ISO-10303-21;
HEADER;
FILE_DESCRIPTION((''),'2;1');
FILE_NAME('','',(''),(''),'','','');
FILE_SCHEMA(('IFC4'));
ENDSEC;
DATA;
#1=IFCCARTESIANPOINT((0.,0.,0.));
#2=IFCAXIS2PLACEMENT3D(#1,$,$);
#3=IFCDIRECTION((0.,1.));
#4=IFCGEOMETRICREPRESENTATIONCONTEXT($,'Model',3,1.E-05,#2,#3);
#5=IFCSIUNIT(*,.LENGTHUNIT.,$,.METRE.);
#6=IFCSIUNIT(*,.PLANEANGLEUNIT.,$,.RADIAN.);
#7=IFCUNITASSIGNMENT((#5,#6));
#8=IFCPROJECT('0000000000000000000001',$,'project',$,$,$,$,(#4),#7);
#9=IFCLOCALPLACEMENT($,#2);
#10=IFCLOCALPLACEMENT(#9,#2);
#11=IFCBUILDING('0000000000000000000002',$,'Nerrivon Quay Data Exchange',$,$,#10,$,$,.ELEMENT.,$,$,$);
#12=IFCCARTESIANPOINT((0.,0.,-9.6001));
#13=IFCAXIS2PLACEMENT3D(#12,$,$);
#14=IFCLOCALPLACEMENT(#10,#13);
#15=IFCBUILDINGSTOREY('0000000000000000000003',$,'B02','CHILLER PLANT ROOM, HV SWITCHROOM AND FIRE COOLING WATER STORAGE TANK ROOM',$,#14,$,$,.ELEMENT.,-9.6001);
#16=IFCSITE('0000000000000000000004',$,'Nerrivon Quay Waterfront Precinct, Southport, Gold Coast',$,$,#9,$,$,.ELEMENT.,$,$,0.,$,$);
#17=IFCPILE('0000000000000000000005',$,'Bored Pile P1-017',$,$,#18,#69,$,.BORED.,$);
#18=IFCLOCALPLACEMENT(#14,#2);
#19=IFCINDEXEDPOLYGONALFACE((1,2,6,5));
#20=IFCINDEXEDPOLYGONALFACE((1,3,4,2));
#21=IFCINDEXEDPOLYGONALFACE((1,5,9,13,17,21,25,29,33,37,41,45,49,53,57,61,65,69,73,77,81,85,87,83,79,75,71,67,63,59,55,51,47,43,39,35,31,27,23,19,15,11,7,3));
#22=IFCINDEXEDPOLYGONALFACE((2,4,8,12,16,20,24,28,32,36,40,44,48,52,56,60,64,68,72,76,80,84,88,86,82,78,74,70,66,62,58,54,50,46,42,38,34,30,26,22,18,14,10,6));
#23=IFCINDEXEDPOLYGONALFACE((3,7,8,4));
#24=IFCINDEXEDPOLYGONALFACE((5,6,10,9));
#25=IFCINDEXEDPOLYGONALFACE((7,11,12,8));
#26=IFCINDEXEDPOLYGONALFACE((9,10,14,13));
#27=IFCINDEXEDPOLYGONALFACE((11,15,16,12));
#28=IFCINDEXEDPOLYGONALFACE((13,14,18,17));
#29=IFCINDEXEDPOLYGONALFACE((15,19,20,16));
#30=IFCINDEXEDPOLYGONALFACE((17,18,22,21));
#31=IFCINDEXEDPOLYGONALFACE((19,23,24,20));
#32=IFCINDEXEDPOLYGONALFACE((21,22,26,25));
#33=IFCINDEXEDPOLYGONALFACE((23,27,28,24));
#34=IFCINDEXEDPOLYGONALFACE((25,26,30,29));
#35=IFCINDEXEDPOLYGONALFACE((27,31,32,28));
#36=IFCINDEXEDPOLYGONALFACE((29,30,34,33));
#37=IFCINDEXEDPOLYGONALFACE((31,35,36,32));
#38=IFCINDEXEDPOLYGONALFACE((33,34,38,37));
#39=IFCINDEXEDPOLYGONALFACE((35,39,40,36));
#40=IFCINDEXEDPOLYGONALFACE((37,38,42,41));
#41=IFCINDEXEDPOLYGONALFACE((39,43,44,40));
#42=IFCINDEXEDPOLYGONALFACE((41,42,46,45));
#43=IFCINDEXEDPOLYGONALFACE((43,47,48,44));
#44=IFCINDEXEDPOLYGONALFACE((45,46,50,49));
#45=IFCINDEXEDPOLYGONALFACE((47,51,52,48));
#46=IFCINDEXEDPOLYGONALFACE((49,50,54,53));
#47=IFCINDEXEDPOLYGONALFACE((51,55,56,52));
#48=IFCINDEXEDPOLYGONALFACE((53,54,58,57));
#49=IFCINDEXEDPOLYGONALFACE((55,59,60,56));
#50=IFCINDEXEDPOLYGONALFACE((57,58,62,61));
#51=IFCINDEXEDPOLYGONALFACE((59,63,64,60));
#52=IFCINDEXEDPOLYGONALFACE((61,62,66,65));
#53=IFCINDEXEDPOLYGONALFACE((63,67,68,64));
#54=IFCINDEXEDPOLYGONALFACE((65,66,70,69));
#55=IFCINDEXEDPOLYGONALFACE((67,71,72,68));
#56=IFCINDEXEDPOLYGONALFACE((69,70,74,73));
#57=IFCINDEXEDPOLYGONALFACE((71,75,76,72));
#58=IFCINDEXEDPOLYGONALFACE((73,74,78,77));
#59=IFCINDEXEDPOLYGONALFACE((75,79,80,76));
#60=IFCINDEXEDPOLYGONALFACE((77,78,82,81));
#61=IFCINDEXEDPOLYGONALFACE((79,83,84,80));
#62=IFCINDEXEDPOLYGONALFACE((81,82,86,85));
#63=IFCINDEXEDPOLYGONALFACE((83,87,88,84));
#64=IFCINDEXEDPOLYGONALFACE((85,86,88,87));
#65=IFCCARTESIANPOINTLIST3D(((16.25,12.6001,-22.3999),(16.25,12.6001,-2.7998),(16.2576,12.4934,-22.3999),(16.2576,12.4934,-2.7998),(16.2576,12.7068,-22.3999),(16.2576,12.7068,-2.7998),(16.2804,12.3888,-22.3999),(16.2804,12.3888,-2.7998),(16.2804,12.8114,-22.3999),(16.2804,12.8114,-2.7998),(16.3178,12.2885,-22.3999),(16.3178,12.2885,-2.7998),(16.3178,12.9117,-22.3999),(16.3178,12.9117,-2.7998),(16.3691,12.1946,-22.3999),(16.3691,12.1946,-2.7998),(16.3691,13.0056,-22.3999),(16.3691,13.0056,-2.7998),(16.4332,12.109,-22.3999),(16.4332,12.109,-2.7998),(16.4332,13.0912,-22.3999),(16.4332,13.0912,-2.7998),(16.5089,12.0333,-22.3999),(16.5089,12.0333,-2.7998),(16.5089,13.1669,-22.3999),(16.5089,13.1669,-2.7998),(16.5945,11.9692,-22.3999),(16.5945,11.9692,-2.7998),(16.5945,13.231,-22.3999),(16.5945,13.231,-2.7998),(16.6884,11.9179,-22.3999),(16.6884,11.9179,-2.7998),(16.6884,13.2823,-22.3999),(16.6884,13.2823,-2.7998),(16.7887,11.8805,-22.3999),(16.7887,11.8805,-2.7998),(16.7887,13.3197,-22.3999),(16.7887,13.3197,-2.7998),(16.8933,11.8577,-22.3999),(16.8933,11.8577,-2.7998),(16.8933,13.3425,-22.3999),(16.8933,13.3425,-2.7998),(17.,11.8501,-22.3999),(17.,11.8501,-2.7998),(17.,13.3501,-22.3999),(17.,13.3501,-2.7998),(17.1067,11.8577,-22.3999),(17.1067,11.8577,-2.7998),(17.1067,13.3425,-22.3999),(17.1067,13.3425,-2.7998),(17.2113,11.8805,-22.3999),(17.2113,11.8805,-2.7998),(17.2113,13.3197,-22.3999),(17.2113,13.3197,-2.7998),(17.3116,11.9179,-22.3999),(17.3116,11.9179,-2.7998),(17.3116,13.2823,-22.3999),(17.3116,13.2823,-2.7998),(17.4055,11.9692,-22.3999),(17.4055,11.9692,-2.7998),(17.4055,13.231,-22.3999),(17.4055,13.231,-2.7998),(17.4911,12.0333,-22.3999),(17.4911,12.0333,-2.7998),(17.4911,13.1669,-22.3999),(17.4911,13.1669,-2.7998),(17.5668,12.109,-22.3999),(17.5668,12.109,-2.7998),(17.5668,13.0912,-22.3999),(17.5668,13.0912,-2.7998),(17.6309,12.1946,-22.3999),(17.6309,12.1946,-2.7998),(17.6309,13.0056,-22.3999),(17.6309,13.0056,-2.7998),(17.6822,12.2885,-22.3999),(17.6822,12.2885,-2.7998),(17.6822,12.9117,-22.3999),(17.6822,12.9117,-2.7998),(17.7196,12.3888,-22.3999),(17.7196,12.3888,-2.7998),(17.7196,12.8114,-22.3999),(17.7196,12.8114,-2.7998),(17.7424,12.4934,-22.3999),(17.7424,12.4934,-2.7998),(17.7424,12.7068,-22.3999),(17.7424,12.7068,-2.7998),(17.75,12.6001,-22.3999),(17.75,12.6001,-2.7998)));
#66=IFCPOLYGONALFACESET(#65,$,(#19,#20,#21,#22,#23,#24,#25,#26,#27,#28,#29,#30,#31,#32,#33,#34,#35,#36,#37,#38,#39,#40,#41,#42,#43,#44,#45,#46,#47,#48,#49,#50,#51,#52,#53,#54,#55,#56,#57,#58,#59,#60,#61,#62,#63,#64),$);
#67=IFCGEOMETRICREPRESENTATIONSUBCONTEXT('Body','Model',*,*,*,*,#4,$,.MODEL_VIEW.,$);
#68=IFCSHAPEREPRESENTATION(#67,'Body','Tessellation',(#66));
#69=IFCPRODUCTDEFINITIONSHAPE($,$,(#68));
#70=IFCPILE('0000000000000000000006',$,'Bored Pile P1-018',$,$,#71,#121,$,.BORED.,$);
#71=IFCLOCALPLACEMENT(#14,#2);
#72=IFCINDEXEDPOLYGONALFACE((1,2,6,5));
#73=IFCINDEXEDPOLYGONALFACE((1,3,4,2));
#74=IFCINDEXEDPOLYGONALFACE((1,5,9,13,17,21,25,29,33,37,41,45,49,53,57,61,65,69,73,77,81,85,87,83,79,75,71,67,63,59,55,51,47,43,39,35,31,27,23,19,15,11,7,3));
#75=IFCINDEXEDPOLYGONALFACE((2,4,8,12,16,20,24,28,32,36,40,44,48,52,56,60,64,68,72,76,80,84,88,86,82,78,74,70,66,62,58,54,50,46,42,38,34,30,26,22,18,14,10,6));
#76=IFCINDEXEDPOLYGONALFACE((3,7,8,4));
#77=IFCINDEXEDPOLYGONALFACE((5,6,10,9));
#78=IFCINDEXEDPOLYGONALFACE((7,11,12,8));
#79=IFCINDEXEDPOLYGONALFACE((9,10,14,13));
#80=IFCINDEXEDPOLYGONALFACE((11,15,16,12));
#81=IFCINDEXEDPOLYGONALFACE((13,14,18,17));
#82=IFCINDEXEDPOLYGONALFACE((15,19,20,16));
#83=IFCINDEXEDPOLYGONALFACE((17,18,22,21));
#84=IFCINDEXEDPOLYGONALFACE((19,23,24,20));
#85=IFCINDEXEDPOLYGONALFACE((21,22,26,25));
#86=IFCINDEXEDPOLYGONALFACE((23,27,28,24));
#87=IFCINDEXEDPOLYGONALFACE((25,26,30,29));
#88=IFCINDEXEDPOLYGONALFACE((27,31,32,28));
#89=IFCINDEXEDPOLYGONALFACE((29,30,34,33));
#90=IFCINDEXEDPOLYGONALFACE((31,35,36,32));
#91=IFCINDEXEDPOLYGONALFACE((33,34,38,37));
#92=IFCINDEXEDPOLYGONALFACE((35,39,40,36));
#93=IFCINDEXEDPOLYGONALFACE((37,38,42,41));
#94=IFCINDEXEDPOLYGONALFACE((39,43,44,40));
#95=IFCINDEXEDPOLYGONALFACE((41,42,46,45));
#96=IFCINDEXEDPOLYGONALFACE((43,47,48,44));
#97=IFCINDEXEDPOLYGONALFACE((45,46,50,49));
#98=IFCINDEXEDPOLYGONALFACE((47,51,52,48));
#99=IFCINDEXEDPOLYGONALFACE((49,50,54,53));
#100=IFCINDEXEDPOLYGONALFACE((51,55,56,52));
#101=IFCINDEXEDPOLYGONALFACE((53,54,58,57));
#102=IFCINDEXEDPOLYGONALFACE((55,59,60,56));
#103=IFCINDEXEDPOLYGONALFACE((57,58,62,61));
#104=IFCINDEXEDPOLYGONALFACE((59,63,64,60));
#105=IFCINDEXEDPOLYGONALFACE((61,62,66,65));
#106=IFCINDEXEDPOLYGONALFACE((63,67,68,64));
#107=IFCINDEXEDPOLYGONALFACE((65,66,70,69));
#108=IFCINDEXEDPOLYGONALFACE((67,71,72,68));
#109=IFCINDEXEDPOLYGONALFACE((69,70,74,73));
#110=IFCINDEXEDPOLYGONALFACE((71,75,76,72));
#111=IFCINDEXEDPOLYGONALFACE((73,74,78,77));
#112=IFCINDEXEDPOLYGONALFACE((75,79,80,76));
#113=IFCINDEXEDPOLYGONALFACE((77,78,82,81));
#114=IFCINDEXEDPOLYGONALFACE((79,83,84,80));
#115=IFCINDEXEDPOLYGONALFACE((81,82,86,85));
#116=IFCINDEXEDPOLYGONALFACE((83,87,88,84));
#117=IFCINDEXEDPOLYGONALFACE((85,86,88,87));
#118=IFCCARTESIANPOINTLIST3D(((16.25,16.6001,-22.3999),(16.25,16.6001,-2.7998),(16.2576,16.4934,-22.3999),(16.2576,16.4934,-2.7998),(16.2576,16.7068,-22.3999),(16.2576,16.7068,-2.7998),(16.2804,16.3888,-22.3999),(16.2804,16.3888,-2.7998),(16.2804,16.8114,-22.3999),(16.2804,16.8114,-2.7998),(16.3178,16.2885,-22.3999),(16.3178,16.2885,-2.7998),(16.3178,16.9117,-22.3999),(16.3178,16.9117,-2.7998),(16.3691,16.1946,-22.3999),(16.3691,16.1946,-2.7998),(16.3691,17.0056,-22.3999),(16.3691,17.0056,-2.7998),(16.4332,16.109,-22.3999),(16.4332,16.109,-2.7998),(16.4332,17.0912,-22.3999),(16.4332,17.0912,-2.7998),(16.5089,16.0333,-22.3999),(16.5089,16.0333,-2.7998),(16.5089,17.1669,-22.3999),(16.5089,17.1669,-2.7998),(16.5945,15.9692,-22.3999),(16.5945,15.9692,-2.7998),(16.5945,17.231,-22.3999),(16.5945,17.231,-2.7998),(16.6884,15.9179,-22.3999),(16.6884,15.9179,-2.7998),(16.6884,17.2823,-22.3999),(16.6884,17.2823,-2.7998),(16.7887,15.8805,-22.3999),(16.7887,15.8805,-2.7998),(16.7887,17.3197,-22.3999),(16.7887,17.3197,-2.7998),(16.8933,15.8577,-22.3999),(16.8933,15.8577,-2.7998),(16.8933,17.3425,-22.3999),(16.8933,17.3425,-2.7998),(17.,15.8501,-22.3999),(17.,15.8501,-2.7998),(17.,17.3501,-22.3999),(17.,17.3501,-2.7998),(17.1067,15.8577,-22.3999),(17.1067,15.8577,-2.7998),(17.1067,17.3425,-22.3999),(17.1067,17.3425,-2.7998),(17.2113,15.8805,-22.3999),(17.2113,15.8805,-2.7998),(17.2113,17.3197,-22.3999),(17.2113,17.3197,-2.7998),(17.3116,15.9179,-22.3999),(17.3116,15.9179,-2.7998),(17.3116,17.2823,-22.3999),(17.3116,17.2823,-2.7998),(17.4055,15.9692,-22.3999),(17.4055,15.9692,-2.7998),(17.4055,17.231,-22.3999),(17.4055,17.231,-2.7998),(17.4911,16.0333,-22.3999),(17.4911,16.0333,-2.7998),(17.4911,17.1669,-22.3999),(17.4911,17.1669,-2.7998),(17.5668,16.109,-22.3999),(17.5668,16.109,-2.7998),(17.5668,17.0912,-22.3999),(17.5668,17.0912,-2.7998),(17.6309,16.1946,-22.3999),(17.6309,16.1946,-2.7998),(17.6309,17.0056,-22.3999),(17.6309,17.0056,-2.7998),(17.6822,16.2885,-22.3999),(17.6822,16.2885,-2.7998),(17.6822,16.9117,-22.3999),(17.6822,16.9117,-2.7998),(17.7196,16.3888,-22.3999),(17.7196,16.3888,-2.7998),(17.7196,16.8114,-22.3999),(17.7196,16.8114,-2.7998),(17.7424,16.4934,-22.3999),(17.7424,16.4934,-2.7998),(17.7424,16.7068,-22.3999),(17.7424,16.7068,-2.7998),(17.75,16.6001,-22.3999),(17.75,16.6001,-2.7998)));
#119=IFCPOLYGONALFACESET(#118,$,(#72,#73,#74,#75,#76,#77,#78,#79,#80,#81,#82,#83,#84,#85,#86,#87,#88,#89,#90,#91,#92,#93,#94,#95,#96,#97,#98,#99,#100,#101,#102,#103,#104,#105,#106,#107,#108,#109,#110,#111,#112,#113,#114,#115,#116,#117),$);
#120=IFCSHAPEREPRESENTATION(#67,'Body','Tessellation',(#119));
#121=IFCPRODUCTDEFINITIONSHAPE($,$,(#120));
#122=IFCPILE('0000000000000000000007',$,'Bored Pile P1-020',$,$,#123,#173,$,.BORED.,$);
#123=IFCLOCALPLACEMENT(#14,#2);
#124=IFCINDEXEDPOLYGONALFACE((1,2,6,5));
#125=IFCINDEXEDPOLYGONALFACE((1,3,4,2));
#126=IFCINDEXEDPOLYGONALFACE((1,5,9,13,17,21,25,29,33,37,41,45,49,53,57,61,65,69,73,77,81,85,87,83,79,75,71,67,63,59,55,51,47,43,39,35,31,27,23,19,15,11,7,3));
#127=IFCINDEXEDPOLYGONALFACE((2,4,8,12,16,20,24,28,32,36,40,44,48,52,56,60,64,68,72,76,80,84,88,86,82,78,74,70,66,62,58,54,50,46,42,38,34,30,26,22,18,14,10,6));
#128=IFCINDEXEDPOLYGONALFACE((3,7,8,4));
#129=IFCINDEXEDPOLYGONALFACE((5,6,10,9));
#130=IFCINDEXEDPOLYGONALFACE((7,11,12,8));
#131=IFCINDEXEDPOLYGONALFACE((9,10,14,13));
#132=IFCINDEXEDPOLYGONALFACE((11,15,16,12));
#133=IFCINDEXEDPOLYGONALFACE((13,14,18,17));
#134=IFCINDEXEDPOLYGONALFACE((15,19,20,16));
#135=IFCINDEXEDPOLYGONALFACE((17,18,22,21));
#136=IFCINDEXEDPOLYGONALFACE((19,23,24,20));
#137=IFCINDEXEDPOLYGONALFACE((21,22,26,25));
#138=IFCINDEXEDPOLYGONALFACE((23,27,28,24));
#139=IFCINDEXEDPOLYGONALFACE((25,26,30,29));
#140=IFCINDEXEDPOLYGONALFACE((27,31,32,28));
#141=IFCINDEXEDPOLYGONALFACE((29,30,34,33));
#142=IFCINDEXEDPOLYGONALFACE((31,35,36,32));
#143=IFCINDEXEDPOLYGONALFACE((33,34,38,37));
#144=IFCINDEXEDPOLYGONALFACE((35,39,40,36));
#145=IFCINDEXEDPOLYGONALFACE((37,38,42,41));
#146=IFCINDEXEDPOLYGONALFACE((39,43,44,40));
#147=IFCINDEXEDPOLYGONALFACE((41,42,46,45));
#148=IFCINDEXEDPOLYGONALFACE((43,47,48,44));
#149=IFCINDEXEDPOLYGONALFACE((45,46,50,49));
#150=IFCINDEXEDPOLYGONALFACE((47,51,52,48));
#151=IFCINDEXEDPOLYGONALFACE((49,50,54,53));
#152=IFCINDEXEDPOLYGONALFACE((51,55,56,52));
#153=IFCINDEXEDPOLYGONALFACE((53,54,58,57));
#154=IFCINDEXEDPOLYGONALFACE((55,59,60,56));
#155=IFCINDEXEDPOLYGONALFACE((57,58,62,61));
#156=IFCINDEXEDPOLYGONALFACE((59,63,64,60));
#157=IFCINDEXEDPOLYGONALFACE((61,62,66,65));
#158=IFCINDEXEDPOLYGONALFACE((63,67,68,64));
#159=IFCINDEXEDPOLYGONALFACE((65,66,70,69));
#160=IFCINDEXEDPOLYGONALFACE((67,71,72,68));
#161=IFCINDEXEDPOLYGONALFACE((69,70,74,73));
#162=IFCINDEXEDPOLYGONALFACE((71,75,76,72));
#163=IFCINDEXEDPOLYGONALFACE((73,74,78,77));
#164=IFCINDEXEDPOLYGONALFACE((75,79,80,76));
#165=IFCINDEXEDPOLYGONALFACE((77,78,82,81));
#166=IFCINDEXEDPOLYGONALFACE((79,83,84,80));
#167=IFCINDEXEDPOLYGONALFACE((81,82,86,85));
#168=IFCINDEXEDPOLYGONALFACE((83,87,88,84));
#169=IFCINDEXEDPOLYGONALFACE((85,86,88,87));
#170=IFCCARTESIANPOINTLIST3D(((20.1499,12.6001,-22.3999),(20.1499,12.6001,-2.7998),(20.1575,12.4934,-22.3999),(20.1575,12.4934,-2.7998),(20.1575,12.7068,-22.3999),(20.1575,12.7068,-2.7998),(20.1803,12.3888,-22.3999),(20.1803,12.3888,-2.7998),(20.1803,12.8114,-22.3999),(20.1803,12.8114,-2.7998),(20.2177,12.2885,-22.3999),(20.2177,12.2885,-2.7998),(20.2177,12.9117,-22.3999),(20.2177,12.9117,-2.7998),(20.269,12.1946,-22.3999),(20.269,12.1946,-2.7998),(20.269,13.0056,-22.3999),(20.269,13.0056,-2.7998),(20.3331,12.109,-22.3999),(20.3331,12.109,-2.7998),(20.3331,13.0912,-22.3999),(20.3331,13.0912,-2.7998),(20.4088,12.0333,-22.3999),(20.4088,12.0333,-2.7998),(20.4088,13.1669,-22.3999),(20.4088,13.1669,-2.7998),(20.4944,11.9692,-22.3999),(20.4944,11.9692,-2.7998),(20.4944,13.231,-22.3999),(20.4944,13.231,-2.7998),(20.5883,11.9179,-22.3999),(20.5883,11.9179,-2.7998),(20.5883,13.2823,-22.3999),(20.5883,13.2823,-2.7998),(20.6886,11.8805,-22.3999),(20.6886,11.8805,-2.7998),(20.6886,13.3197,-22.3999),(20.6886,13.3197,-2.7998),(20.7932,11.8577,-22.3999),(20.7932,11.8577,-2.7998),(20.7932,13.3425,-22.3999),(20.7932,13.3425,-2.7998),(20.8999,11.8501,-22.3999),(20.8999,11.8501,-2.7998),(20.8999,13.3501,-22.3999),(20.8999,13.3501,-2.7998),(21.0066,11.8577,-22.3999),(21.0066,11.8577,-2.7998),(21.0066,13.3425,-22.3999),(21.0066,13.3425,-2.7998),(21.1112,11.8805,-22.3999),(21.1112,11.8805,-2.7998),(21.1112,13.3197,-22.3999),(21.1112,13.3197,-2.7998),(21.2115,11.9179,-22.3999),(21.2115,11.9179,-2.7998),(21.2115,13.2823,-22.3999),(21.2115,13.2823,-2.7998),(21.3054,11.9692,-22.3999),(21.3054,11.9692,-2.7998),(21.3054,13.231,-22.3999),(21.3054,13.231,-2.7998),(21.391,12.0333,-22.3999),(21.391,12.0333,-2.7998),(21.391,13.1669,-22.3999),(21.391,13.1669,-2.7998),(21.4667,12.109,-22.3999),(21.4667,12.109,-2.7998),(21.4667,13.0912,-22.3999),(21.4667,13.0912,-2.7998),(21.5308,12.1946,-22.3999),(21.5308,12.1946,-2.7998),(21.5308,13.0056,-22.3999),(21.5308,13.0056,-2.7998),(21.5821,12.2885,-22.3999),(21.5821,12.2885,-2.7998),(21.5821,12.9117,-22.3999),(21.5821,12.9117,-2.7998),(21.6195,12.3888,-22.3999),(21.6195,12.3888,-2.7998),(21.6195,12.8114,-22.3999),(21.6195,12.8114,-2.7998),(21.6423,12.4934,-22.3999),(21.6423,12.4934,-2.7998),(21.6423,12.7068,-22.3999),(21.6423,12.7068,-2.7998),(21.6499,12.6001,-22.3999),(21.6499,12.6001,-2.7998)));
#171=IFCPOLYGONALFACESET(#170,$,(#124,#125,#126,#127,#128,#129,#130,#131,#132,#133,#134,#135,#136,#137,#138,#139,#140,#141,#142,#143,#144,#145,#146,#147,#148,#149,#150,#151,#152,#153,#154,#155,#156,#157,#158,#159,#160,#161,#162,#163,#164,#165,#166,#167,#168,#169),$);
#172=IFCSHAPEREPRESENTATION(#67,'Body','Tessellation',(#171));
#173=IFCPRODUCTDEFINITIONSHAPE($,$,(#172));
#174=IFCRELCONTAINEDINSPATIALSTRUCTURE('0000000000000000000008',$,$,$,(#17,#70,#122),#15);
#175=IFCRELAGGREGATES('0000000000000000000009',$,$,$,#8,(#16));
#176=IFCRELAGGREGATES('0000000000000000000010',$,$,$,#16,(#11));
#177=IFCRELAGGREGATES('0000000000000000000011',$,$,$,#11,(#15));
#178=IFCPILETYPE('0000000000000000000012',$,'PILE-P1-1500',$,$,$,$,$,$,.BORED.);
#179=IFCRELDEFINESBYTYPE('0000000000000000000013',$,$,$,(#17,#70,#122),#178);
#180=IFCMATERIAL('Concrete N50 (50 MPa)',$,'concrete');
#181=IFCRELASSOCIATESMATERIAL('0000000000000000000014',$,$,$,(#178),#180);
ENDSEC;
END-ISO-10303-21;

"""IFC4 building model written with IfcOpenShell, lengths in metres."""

from ifc_helpers import new_model, si_unit, direction, frame, origin, origin_2d, place, context, subcontext, project, spatial, circle, extrude, material, material_profile, profile_set, type_object, element, save


model = new_model("IFC4")

# Units and contexts
model_context = context("Model", 3, precision=1e-05, world=origin(), true_north=direction((0.0, 1.0)))
body_context = subcontext(model_context, "Body", "Model", "MODEL_VIEW")
ifc_project = project(units=[si_unit("LENGTHUNIT", "METRE"), si_unit("PLANEANGLEUNIT", "RADIAN")], contexts=[model_context])

# Site, building, storey
site_placement = place(None, origin())
site = spatial("IfcSite", under=ifc_project, at=site_placement, Name="Nerrivon Quay Waterfront Precinct, Southport, Gold Coast", CompositionType="ELEMENT", RefElevation=0.0)
building_placement = place(site_placement, origin())
building = spatial("IfcBuilding", under=site, at=building_placement, Name="Nerrivon Quay Data Exchange", CompositionType="ELEMENT")
storey_placement = place(building_placement, frame((0.0, 0.0, -9.6001)))
storey = spatial("IfcBuildingStorey", under=building, at=storey_placement, Name="B02", Description="CHILLER PLANT ROOM, HV SWITCHROOM AND FIRE COOLING WATER STORAGE TANK ROOM", CompositionType="ELEMENT", Elevation=-9.6001)

# Piles
ifc_material_1 = material(Name="Concrete N50 (50 MPa)", Category="concrete")
ifc_material_profile_1 = material_profile(ifc_material_1, circle(Radius=0.75, at=origin_2d()), Name="PILE-1500")
ifc_profile_set_1 = profile_set([ifc_material_profile_1], Name="Concrete N50 (50 MPa)")
pile_type = type_object("IfcPileType", Name="PILE-P1-1500", PredefinedType="BORED", material=ifc_profile_set_1)
for number, where, z_axis, x_axis, name in (
    (1, (17.0, 12.6001, -2.7998), (0.0, 0.0, -1.0), (1.0, 0.0, 0.0), "Bored Pile P1-017"),
    (2, (17.0, 16.6001, -2.7998), (0.0, 0.0, -1.0), (1.0, 0.0, 0.0), "Bored Pile P1-018"),
    (3, (20.8999, 12.6001, -2.7998), (0.0, 0.0, -1.0), (1.0, 0.0, 0.0), "Bored Pile P1-020"),
):
    element("IfcPile", number, at=place(storey_placement, frame(where, z_axis=z_axis, x_axis=x_axis)), inside=storey, type_object=pile_type, Name=name, PredefinedType="BORED", context=body_context, shape_type="SweptSolid", body=[
        extrude(circle(Radius=0.75, at=origin_2d()), origin(), (0.0, 0.0, 1.0), 19.6001),
    ])

save(model, "model.ifc")
